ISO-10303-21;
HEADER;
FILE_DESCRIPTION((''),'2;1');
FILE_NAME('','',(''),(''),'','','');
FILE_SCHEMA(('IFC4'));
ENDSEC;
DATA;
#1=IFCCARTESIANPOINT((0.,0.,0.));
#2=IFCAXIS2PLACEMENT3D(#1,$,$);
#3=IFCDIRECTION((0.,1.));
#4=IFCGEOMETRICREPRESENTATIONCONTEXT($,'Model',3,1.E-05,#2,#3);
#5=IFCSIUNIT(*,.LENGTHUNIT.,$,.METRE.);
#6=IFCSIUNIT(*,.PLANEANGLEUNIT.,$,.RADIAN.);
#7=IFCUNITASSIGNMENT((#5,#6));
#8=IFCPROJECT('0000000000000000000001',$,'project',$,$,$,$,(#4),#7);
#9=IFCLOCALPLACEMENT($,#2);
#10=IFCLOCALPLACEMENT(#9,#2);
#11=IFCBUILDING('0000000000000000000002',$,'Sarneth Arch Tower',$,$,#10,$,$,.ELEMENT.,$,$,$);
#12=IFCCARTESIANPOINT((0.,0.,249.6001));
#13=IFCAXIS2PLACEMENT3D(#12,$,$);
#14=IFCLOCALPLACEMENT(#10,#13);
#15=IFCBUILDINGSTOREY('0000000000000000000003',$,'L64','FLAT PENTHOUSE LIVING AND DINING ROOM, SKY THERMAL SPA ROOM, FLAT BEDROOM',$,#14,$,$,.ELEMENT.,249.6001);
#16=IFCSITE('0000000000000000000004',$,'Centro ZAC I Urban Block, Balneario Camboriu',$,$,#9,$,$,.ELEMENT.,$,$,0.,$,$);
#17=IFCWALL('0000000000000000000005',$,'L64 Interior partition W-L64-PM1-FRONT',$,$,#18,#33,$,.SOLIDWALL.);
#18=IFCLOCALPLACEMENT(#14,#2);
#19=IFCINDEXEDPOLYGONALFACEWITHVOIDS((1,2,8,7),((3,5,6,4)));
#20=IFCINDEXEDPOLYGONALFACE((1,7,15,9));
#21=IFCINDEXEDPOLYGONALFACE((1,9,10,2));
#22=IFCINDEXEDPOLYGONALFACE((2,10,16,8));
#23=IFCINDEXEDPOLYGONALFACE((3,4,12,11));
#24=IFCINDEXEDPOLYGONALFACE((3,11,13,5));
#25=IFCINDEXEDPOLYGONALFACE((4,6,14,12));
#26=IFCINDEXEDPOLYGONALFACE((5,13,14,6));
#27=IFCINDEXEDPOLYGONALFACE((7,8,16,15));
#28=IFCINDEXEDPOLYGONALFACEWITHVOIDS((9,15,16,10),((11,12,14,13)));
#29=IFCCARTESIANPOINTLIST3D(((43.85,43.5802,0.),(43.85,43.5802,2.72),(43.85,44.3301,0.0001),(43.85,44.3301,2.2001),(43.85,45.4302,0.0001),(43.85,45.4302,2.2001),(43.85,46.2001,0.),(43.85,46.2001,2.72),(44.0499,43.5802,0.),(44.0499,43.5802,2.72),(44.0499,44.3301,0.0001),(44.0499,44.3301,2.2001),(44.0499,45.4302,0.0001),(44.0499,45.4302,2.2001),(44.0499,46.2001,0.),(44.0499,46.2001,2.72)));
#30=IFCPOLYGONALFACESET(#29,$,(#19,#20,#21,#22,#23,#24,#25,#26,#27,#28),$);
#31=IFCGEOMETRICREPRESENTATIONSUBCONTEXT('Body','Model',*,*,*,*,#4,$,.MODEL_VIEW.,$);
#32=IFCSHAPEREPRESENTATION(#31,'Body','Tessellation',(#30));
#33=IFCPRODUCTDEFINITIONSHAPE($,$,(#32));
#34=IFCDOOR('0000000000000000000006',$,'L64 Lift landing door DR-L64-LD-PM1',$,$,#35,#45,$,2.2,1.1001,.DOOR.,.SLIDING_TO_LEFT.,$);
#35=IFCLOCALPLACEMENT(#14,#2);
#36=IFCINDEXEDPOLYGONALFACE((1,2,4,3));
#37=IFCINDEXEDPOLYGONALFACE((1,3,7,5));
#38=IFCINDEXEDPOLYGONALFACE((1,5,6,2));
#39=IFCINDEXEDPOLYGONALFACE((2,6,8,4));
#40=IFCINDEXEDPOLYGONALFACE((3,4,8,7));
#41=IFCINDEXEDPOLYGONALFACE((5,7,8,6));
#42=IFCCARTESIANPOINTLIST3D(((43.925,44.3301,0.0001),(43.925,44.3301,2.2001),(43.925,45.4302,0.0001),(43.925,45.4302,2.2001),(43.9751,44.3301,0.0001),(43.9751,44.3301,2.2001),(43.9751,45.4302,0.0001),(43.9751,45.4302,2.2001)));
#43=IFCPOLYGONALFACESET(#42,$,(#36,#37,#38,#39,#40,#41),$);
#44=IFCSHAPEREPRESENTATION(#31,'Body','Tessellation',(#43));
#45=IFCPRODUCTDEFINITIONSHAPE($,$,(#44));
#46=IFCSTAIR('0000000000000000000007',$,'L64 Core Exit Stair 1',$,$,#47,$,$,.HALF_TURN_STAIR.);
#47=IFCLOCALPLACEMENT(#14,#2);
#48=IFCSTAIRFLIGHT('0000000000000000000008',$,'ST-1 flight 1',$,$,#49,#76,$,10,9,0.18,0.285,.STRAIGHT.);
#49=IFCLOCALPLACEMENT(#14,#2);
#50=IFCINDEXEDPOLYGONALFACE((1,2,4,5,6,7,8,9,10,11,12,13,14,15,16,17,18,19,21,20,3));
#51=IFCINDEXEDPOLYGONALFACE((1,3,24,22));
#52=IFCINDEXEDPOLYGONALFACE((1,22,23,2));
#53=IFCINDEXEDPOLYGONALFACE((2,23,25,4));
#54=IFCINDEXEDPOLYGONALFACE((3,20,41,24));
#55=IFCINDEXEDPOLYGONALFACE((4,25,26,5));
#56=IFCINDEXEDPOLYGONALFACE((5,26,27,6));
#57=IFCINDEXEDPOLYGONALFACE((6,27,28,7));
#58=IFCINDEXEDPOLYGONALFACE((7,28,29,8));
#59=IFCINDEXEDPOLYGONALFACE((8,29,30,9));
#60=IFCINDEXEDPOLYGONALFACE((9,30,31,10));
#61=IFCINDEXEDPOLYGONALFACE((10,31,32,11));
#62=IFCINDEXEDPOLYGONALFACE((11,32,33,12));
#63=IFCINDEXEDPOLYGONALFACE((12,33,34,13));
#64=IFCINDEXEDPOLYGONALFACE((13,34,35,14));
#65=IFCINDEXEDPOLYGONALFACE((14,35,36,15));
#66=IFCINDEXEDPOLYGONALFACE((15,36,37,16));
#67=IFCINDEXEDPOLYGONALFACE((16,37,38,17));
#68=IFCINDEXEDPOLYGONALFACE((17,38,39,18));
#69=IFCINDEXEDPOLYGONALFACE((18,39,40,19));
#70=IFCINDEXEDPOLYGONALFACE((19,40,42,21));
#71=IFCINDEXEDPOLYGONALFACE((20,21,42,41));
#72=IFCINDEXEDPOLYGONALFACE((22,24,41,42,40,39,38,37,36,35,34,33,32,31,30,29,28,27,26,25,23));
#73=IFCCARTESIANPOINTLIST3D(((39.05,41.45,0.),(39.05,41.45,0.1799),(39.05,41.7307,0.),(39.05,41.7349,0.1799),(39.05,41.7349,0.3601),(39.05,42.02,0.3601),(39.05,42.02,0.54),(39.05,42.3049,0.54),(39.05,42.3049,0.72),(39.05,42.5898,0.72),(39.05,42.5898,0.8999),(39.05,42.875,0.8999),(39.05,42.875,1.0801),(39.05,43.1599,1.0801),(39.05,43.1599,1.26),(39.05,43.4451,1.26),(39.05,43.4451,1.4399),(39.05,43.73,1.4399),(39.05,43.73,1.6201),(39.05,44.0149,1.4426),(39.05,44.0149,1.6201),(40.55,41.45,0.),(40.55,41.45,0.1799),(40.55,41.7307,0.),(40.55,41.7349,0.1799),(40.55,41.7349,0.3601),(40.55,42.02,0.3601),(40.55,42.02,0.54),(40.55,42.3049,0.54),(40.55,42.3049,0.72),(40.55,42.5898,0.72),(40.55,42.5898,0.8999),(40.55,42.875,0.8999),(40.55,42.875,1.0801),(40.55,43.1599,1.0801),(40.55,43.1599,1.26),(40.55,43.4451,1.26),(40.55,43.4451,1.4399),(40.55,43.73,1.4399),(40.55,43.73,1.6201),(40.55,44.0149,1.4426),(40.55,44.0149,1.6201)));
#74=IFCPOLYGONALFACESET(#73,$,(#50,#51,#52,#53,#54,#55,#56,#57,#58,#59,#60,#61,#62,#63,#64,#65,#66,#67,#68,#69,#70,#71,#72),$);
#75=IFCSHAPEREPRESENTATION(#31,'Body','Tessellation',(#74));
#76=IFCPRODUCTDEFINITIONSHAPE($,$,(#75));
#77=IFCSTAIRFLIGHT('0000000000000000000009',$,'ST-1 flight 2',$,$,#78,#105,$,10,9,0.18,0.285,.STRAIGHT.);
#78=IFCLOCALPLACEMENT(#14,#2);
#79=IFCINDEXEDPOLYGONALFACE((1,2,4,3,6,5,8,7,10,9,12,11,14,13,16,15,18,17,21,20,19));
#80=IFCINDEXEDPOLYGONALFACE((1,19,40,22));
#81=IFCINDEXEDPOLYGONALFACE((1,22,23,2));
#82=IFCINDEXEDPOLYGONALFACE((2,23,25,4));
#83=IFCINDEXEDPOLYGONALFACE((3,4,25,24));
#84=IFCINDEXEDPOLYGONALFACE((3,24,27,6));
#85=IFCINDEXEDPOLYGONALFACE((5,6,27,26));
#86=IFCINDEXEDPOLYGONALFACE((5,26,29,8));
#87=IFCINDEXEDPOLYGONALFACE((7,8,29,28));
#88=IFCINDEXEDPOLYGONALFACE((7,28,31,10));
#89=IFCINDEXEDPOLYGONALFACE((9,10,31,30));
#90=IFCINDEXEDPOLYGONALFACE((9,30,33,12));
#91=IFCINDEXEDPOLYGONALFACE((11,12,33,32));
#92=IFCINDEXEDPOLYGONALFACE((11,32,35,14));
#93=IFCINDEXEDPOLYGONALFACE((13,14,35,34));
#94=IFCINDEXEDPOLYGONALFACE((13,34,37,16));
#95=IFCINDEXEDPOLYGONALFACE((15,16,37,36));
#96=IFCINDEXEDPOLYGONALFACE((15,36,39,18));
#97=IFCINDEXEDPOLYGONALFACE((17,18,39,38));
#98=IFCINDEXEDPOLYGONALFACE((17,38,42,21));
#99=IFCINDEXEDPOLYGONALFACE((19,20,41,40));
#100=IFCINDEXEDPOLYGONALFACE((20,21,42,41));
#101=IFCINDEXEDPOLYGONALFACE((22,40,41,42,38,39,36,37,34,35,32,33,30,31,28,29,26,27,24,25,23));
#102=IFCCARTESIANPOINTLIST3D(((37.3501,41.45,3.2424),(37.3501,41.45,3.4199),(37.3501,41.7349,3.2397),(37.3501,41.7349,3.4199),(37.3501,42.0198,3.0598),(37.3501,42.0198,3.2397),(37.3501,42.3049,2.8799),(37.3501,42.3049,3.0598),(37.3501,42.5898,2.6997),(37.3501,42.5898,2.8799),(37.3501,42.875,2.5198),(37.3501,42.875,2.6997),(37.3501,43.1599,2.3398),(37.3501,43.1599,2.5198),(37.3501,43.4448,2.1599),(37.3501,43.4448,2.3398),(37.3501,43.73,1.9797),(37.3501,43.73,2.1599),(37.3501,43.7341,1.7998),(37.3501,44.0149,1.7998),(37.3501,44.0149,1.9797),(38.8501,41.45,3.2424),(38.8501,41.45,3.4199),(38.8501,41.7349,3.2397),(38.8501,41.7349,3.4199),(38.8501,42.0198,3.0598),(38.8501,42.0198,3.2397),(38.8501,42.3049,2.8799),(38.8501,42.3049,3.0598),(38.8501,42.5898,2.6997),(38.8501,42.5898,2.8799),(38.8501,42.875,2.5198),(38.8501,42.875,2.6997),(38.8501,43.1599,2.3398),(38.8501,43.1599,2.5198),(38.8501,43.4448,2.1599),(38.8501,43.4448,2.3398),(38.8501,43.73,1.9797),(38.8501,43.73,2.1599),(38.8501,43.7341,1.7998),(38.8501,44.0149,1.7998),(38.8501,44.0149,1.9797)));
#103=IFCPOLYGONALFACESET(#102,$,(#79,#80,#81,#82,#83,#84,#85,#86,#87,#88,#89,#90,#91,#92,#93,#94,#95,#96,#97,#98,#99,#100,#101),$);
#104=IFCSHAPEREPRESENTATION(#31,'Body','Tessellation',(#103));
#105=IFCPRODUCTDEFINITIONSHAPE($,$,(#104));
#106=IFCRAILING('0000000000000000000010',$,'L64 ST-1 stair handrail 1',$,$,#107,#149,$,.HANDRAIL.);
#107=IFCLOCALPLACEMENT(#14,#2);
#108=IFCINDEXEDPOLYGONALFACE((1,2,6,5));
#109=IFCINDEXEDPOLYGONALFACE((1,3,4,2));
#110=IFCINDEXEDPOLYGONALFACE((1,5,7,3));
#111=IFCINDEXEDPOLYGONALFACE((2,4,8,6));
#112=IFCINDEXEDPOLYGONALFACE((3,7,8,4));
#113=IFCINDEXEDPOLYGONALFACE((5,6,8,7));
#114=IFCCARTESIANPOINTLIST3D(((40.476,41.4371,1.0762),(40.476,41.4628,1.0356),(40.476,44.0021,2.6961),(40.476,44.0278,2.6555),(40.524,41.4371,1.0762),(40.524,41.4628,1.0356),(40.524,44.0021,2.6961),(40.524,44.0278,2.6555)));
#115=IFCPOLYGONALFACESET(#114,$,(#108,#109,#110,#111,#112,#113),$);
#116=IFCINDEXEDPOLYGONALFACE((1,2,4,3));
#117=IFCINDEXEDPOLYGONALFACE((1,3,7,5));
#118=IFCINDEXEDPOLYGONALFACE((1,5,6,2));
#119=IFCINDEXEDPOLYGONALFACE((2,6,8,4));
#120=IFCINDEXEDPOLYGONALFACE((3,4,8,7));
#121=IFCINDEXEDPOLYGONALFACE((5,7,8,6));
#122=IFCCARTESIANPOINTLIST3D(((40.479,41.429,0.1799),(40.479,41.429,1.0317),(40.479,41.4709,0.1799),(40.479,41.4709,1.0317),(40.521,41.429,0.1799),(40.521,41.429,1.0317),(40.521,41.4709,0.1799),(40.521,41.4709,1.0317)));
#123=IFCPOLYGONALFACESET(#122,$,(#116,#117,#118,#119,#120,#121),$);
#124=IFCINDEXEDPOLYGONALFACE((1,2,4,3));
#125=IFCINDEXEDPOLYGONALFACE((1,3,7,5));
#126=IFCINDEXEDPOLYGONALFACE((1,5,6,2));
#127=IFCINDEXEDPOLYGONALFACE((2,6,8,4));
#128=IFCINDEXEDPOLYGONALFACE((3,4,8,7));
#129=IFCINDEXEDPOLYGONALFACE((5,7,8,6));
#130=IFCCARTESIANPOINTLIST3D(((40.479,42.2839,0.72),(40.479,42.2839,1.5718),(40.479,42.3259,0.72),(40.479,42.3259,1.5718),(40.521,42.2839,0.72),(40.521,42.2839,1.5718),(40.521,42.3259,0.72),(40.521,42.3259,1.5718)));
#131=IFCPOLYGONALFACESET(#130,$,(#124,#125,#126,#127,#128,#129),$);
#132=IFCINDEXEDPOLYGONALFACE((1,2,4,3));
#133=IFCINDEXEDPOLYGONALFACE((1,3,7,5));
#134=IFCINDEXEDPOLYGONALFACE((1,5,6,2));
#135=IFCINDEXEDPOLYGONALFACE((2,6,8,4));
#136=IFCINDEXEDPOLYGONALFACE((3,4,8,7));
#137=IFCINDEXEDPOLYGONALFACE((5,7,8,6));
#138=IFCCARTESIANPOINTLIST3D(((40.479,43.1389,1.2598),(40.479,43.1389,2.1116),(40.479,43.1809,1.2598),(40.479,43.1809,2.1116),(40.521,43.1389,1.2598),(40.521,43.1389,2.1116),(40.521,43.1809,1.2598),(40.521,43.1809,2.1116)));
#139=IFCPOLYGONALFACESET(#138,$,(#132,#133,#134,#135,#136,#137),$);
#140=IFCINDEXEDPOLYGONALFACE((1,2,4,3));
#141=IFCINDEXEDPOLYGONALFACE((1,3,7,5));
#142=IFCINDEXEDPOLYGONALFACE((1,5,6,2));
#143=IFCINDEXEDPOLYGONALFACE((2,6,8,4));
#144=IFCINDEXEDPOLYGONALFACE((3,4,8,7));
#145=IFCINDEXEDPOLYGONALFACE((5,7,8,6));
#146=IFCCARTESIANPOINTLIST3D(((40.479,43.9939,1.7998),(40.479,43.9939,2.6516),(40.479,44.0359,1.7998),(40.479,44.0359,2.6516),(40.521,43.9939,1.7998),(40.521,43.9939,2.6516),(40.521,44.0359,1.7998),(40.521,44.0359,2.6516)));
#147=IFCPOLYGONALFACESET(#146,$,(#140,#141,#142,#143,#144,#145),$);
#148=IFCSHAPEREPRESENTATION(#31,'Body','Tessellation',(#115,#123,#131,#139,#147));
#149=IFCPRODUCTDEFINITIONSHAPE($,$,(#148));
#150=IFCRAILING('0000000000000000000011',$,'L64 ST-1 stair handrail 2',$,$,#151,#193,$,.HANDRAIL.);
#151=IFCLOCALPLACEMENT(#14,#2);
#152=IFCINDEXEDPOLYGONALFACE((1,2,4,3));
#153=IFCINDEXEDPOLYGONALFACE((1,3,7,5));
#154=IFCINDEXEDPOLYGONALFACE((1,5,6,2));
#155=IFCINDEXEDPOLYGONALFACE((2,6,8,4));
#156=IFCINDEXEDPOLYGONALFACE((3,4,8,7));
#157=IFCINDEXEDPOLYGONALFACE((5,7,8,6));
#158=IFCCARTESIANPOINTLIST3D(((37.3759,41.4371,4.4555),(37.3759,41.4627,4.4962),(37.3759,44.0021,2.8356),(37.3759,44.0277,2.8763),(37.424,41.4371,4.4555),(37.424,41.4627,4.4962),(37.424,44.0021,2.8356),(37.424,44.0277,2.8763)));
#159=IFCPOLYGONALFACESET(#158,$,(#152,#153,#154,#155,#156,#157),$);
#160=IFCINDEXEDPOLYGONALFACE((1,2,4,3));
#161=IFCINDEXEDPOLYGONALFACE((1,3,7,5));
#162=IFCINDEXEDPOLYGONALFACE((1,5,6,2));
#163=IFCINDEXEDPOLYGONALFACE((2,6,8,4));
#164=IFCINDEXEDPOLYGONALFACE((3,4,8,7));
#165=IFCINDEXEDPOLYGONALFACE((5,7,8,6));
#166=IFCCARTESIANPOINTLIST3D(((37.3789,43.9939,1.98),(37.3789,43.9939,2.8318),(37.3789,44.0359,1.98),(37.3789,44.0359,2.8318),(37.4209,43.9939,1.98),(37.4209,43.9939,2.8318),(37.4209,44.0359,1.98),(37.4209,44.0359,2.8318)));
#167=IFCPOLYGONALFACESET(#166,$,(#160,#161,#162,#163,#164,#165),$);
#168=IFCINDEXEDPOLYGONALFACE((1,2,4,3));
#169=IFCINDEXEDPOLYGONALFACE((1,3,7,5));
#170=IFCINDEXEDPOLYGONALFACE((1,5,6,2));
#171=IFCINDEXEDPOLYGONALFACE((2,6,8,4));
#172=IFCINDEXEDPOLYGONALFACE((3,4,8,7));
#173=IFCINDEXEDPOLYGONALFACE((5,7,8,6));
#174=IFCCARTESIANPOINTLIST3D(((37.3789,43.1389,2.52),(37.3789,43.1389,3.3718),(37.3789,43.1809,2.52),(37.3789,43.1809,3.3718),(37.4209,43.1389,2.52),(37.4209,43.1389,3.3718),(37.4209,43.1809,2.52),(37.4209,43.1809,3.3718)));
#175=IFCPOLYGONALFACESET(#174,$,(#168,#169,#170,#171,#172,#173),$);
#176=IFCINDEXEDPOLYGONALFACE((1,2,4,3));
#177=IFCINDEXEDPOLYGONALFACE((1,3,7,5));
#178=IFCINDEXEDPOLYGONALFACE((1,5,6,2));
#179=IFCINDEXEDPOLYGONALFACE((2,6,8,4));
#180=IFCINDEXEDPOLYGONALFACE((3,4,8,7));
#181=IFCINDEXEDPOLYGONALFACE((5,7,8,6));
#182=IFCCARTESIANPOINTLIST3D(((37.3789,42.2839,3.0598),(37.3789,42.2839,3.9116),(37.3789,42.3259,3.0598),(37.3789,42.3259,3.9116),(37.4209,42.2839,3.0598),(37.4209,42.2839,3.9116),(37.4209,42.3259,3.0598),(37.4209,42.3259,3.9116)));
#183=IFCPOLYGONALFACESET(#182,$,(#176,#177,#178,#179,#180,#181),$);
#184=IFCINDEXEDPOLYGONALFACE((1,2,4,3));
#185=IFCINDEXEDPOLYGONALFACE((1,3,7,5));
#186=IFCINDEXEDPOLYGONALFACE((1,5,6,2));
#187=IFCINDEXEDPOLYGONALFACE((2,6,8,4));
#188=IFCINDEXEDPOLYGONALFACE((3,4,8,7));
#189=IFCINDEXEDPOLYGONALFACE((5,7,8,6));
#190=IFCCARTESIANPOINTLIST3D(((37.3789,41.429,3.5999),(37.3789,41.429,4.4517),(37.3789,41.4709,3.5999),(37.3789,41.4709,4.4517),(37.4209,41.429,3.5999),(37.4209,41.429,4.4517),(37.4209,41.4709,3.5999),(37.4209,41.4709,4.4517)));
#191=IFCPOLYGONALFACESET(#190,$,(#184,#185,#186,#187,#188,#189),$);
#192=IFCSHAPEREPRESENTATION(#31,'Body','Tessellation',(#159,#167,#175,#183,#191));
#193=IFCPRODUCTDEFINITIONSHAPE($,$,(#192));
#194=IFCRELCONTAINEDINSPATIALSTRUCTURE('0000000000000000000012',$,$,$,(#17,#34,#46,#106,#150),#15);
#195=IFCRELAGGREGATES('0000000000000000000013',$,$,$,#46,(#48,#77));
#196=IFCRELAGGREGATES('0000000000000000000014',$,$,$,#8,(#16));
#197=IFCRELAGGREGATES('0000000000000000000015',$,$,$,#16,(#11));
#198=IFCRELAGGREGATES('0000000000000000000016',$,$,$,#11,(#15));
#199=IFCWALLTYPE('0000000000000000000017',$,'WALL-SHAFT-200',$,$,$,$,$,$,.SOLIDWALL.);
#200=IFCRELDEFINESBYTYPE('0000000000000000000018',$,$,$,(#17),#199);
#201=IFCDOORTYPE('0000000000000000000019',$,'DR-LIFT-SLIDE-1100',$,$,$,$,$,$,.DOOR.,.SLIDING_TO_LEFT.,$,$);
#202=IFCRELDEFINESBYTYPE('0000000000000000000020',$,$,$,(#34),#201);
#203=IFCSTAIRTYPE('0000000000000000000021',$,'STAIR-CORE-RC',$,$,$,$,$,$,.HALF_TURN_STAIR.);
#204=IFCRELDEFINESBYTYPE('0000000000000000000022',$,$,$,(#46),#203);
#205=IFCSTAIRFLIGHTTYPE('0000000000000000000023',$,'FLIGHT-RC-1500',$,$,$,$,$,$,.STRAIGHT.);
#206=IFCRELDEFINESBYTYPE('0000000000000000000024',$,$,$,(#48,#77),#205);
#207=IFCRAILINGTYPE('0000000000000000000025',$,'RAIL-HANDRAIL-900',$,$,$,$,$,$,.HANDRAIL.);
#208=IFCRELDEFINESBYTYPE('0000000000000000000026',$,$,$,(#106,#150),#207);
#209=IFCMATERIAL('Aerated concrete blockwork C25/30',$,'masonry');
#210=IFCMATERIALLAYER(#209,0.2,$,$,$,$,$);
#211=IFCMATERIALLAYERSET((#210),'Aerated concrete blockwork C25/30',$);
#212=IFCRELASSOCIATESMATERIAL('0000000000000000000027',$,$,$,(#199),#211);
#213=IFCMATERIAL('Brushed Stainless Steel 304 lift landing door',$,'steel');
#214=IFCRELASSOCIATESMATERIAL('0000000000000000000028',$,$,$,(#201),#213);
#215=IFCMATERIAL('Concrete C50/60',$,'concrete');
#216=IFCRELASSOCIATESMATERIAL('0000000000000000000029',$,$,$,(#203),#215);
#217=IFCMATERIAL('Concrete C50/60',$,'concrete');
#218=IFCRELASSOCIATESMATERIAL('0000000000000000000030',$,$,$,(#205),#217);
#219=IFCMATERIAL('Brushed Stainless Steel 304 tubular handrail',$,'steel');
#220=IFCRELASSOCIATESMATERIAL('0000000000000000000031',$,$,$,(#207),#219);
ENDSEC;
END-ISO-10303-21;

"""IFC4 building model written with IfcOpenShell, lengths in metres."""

from ifc_helpers import new_model, si_unit, direction, frame, frame_2d, origin, origin_2d, place, context, subcontext, project, spatial, polyline, rectangle, outline, extrude, material, layer, layer_set, type_object, element, fill, aggregate, save


model = new_model("IFC4")

# Units and contexts
model_context = context("Model", 3, precision=1e-05, world=origin(), true_north=direction((0.0, 1.0)))
body_context = subcontext(model_context, "Body", "Model", "MODEL_VIEW")
ifc_project = project(units=[si_unit("LENGTHUNIT", "METRE"), si_unit("PLANEANGLEUNIT", "RADIAN")], contexts=[model_context])

# Site, building, storey
site_placement = place(None, origin())
site = spatial("IfcSite", under=ifc_project, at=site_placement, Name="Centro ZAC I Urban Block, Balneario Camboriu", CompositionType="ELEMENT", RefElevation=0.0)
building_placement = place(site_placement, origin())
building = spatial("IfcBuilding", under=site, at=building_placement, Name="Sarneth Arch Tower", CompositionType="ELEMENT")
storey_placement = place(building_placement, frame((0.0, 0.0, 249.6001)))
storey = spatial("IfcBuildingStorey", under=building, at=storey_placement, Name="L64", Description="FLAT PENTHOUSE LIVING AND DINING ROOM, SKY THERMAL SPA ROOM, FLAT BEDROOM", CompositionType="ELEMENT", Elevation=249.6001)

# Shared definitions
ifc_material_1 = material(Name="Aerated concrete blockwork C25/30", Category="masonry")
ifc_layer_1 = layer(ifc_material_1, 0.2)
ifc_layer_set_1 = layer_set([ifc_layer_1], Name="Aerated concrete blockwork C25/30")
wall_type_1 = type_object("IfcWallType", Name="WALL-SHAFT-200", PredefinedType="SOLIDWALL", material=ifc_layer_set_1)

# Wall, opening, door
wall_1_placement = place(storey_placement, frame((43.95, 43.5801, 0.0), z_axis=(0.0, 0.0, 1.0), x_axis=(0.0, 1.0, 0.0)))
wall_1 = element("IfcWall", 1, at=wall_1_placement, inside=storey, type_object=wall_type_1, Name="L64 Interior partition W-L64-PM1-FRONT", PredefinedType="SOLIDWALL", context=body_context, shape_type="SweptSolid", body=[
    extrude(rectangle(XDim=2.6199, YDim=0.2, at=frame_2d((1.3101, 0.0))), origin(), (0.0, 0.0, 1.0), 2.72),
])
opening_1_placement = place(wall_1_placement, frame((0.75, 0.0, 0.0)))
opening_1 = element("IfcOpeningElement", 2, at=opening_1_placement, cuts=wall_1, PredefinedType="OPENING", context=body_context, shape_type="SweptSolid", body=[
    extrude(rectangle(XDim=1.1001, YDim=2.2, at=frame_2d((0.55, 1.1001))), frame((0.0, 0.1099, 0.0), z_axis=(0.0, -1.0, 0.0), x_axis=(1.0, 0.0, 0.0)), (0.0, 0.0, 1.0), 0.22),
])
ifc_material_2 = material(Name="Brushed Stainless Steel 304 lift landing door", Category="steel")
door_type_1 = type_object("IfcDoorType", Name="DR-LIFT-SLIDE-1100", OperationType="SLIDING_TO_LEFT", PredefinedType="DOOR", material=ifc_material_2)
door_1_placement = place(opening_1_placement, origin())
door_1 = element("IfcDoor", 3, at=door_1_placement, inside=storey, type_object=door_type_1, Name="L64 Lift landing door DR-L64-LD-PM1", OperationType="SLIDING_TO_LEFT", OverallHeight=2.2, OverallWidth=1.1001, PredefinedType="DOOR", context=body_context, shape_type="SweptSolid", body=[
    extrude(rectangle(XDim=1.1001, YDim=2.2, at=frame_2d((0.55, 1.1001))), frame((0.0, 0.0249, 0.0), z_axis=(0.0, -1.0, 0.0), x_axis=(1.0, 0.0, 0.0)), (0.0, 0.0, 1.0), 0.05),
])
fill(opening_1, door_1)

# Stair, stair flights
ifc_material_3 = material(Name="Concrete C50/60", Category="concrete")
stair_type = type_object("IfcStairType", Name="STAIR-CORE-RC", PredefinedType="HALF_TURN_STAIR", material=ifc_material_3)
stair_placement = place(storey_placement, origin())
stair = element("IfcStair", 4, at=stair_placement, inside=storey, type_object=stair_type, Name="L64 Core Exit Stair 1", PredefinedType="HALF_TURN_STAIR")
ifc_material_4 = material(Name="Concrete C50/60", Category="concrete")
stair_flight_type = type_object("IfcStairFlightType", Name="FLIGHT-RC-1500", PredefinedType="STRAIGHT", material=ifc_material_4)
stair_flight_1_placement = place(storey_placement, frame((39.8, 41.45, 0.0), z_axis=(0.0, 0.0, 1.0), x_axis=(0.0, 1.0, 0.0)))
stair_flight_1 = element("IfcStairFlight", 5, at=stair_flight_1_placement, type_object=stair_flight_type, Name="ST-1 flight 1", NumberOfRisers=10, NumberOfTreads=9, PredefinedType="STRAIGHT", RiserHeight=0.18, TreadLength=0.285, context=body_context, shape_type="SweptSolid", body=[
    extrude(outline(polyline([(0.0, 0.0), (0.0, 0.1799), (0.2849, 0.1799), (0.2849, 0.3601), (0.5701, 0.3601), (0.5701, 0.54), (0.855, 0.54), (0.855, 0.72), (1.1399, 0.72), (1.1399, 0.8999), (1.425, 0.8999), (1.425, 1.0801), (1.71, 1.0801), (1.71, 1.26), (1.9951, 1.26), (1.9951, 1.4399), (2.28, 1.4399), (2.28, 1.6201), (2.5649, 1.6201), (2.5649, 1.8), (2.5649, 1.4426), (0.2808, 0.0), (0.0, 0.0)])), frame((0.0, 0.75, 0.0), z_axis=(0.0, -1.0, 0.0), x_axis=(1.0, 0.0, 0.0)), (0.0, 0.0, 1.0), 1.5),
])
stair_flight_2_placement = place(storey_placement, frame((38.1001, 44.0149, 1.7998), z_axis=(0.0, 0.0, 1.0), x_axis=(0.0, -1.0, 0.0)))
stair_flight_2 = element("IfcStairFlight", 6, at=stair_flight_2_placement, type_object=stair_flight_type, Name="ST-1 flight 2", NumberOfRisers=10, NumberOfTreads=9, PredefinedType="STRAIGHT", RiserHeight=0.18, TreadLength=0.285, context=body_context, shape_type="SweptSolid", body=[
    extrude(outline(polyline([(0.0, 0.0), (0.0, 0.1799), (0.2849, 0.1799), (0.2849, 0.3601), (0.5701, 0.3601), (0.5701, 0.54), (0.855, 0.54), (0.855, 0.72), (1.1399, 0.72), (1.1399, 0.8999), (1.425, 0.8999), (1.425, 1.0801), (1.71, 1.0801), (1.71, 1.26), (1.9951, 1.26), (1.9951, 1.4399), (2.28, 1.4399), (2.28, 1.6201), (2.5649, 1.6201), (2.5649, 1.8), (2.5649, 1.4426), (0.2808, 0.0), (0.0, 0.0)])), frame((0.0, 0.75, 0.0), z_axis=(0.0, -1.0, 0.0), x_axis=(1.0, 0.0, 0.0)), (0.0, 0.0, 1.0), 1.5),
])
aggregate(stair, [stair_flight_1, stair_flight_2])

# Railings
ifc_material_5 = material(Name="Brushed Stainless Steel 304 tubular handrail", Category="steel")
railing_type_1 = type_object("IfcRailingType", Name="RAIL-HANDRAIL-900", PredefinedType="HANDRAIL", material=ifc_material_5)
railing_1_placement = place(storey_placement, frame((40.5, 41.45, 0.1799)))
element("IfcRailing", 7, at=railing_1_placement, inside=storey, type_object=railing_type_1, Name="L64 ST-1 stair handrail 1", PredefinedType="HANDRAIL", context=body_context, shape_type="SweptSolid", body=[
    extrude(rectangle(XDim=0.0481, YDim=0.0481, at=origin_2d()), frame((0.0, 0.0, 0.876), z_axis=(0.0, 0.845502, 0.533972), x_axis=(-1.0, 0.0, 0.0)), (0.0, 0.0, 1.0), 3.0337),
    extrude(rectangle(XDim=0.042, YDim=0.042, at=origin_2d()), origin(), (0.0, 0.0, 1.0), 0.8518),
    extrude(rectangle(XDim=0.042, YDim=0.042, at=origin_2d()), frame((0.0, 0.855, 0.54)), (0.0, 0.0, 1.0), 0.8518),
    extrude(rectangle(XDim=0.042, YDim=0.042, at=origin_2d()), frame((0.0, 1.71, 1.0798)), (0.0, 0.0, 1.0), 0.8518),
    extrude(rectangle(XDim=0.042, YDim=0.042, at=origin_2d()), frame((0.0, 2.5649, 1.6199)), (0.0, 0.0, 1.0), 0.8518),
])
railing_2_placement = place(storey_placement, frame((37.3999, 44.0149, 1.98)))
element("IfcRailing", 8, at=railing_2_placement, inside=storey, type_object=railing_type_1, Name="L64 ST-1 stair handrail 2", PredefinedType="HANDRAIL", context=body_context, shape_type="SweptSolid", body=[
    extrude(rectangle(XDim=0.0481, YDim=0.0481, at=origin_2d()), frame((0.0, 0.0, 0.876), z_axis=(0.0, -0.845502, 0.533972), x_axis=(1.0, 0.0, 0.0)), (0.0, 0.0, 1.0), 3.0337),
    extrude(rectangle(XDim=0.042, YDim=0.042, at=origin_2d()), origin(), (0.0, 0.0, 1.0), 0.8518),
    extrude(rectangle(XDim=0.042, YDim=0.042, at=origin_2d()), frame((0.0, -0.855, 0.54)), (0.0, 0.0, 1.0), 0.8518),
    extrude(rectangle(XDim=0.042, YDim=0.042, at=origin_2d()), frame((0.0, -1.71, 1.0798)), (0.0, 0.0, 1.0), 0.8518),
    extrude(rectangle(XDim=0.042, YDim=0.042, at=origin_2d()), frame((0.0, -2.5649, 1.6199)), (0.0, 0.0, 1.0), 0.8518),
])

save(model, "model.ifc")
